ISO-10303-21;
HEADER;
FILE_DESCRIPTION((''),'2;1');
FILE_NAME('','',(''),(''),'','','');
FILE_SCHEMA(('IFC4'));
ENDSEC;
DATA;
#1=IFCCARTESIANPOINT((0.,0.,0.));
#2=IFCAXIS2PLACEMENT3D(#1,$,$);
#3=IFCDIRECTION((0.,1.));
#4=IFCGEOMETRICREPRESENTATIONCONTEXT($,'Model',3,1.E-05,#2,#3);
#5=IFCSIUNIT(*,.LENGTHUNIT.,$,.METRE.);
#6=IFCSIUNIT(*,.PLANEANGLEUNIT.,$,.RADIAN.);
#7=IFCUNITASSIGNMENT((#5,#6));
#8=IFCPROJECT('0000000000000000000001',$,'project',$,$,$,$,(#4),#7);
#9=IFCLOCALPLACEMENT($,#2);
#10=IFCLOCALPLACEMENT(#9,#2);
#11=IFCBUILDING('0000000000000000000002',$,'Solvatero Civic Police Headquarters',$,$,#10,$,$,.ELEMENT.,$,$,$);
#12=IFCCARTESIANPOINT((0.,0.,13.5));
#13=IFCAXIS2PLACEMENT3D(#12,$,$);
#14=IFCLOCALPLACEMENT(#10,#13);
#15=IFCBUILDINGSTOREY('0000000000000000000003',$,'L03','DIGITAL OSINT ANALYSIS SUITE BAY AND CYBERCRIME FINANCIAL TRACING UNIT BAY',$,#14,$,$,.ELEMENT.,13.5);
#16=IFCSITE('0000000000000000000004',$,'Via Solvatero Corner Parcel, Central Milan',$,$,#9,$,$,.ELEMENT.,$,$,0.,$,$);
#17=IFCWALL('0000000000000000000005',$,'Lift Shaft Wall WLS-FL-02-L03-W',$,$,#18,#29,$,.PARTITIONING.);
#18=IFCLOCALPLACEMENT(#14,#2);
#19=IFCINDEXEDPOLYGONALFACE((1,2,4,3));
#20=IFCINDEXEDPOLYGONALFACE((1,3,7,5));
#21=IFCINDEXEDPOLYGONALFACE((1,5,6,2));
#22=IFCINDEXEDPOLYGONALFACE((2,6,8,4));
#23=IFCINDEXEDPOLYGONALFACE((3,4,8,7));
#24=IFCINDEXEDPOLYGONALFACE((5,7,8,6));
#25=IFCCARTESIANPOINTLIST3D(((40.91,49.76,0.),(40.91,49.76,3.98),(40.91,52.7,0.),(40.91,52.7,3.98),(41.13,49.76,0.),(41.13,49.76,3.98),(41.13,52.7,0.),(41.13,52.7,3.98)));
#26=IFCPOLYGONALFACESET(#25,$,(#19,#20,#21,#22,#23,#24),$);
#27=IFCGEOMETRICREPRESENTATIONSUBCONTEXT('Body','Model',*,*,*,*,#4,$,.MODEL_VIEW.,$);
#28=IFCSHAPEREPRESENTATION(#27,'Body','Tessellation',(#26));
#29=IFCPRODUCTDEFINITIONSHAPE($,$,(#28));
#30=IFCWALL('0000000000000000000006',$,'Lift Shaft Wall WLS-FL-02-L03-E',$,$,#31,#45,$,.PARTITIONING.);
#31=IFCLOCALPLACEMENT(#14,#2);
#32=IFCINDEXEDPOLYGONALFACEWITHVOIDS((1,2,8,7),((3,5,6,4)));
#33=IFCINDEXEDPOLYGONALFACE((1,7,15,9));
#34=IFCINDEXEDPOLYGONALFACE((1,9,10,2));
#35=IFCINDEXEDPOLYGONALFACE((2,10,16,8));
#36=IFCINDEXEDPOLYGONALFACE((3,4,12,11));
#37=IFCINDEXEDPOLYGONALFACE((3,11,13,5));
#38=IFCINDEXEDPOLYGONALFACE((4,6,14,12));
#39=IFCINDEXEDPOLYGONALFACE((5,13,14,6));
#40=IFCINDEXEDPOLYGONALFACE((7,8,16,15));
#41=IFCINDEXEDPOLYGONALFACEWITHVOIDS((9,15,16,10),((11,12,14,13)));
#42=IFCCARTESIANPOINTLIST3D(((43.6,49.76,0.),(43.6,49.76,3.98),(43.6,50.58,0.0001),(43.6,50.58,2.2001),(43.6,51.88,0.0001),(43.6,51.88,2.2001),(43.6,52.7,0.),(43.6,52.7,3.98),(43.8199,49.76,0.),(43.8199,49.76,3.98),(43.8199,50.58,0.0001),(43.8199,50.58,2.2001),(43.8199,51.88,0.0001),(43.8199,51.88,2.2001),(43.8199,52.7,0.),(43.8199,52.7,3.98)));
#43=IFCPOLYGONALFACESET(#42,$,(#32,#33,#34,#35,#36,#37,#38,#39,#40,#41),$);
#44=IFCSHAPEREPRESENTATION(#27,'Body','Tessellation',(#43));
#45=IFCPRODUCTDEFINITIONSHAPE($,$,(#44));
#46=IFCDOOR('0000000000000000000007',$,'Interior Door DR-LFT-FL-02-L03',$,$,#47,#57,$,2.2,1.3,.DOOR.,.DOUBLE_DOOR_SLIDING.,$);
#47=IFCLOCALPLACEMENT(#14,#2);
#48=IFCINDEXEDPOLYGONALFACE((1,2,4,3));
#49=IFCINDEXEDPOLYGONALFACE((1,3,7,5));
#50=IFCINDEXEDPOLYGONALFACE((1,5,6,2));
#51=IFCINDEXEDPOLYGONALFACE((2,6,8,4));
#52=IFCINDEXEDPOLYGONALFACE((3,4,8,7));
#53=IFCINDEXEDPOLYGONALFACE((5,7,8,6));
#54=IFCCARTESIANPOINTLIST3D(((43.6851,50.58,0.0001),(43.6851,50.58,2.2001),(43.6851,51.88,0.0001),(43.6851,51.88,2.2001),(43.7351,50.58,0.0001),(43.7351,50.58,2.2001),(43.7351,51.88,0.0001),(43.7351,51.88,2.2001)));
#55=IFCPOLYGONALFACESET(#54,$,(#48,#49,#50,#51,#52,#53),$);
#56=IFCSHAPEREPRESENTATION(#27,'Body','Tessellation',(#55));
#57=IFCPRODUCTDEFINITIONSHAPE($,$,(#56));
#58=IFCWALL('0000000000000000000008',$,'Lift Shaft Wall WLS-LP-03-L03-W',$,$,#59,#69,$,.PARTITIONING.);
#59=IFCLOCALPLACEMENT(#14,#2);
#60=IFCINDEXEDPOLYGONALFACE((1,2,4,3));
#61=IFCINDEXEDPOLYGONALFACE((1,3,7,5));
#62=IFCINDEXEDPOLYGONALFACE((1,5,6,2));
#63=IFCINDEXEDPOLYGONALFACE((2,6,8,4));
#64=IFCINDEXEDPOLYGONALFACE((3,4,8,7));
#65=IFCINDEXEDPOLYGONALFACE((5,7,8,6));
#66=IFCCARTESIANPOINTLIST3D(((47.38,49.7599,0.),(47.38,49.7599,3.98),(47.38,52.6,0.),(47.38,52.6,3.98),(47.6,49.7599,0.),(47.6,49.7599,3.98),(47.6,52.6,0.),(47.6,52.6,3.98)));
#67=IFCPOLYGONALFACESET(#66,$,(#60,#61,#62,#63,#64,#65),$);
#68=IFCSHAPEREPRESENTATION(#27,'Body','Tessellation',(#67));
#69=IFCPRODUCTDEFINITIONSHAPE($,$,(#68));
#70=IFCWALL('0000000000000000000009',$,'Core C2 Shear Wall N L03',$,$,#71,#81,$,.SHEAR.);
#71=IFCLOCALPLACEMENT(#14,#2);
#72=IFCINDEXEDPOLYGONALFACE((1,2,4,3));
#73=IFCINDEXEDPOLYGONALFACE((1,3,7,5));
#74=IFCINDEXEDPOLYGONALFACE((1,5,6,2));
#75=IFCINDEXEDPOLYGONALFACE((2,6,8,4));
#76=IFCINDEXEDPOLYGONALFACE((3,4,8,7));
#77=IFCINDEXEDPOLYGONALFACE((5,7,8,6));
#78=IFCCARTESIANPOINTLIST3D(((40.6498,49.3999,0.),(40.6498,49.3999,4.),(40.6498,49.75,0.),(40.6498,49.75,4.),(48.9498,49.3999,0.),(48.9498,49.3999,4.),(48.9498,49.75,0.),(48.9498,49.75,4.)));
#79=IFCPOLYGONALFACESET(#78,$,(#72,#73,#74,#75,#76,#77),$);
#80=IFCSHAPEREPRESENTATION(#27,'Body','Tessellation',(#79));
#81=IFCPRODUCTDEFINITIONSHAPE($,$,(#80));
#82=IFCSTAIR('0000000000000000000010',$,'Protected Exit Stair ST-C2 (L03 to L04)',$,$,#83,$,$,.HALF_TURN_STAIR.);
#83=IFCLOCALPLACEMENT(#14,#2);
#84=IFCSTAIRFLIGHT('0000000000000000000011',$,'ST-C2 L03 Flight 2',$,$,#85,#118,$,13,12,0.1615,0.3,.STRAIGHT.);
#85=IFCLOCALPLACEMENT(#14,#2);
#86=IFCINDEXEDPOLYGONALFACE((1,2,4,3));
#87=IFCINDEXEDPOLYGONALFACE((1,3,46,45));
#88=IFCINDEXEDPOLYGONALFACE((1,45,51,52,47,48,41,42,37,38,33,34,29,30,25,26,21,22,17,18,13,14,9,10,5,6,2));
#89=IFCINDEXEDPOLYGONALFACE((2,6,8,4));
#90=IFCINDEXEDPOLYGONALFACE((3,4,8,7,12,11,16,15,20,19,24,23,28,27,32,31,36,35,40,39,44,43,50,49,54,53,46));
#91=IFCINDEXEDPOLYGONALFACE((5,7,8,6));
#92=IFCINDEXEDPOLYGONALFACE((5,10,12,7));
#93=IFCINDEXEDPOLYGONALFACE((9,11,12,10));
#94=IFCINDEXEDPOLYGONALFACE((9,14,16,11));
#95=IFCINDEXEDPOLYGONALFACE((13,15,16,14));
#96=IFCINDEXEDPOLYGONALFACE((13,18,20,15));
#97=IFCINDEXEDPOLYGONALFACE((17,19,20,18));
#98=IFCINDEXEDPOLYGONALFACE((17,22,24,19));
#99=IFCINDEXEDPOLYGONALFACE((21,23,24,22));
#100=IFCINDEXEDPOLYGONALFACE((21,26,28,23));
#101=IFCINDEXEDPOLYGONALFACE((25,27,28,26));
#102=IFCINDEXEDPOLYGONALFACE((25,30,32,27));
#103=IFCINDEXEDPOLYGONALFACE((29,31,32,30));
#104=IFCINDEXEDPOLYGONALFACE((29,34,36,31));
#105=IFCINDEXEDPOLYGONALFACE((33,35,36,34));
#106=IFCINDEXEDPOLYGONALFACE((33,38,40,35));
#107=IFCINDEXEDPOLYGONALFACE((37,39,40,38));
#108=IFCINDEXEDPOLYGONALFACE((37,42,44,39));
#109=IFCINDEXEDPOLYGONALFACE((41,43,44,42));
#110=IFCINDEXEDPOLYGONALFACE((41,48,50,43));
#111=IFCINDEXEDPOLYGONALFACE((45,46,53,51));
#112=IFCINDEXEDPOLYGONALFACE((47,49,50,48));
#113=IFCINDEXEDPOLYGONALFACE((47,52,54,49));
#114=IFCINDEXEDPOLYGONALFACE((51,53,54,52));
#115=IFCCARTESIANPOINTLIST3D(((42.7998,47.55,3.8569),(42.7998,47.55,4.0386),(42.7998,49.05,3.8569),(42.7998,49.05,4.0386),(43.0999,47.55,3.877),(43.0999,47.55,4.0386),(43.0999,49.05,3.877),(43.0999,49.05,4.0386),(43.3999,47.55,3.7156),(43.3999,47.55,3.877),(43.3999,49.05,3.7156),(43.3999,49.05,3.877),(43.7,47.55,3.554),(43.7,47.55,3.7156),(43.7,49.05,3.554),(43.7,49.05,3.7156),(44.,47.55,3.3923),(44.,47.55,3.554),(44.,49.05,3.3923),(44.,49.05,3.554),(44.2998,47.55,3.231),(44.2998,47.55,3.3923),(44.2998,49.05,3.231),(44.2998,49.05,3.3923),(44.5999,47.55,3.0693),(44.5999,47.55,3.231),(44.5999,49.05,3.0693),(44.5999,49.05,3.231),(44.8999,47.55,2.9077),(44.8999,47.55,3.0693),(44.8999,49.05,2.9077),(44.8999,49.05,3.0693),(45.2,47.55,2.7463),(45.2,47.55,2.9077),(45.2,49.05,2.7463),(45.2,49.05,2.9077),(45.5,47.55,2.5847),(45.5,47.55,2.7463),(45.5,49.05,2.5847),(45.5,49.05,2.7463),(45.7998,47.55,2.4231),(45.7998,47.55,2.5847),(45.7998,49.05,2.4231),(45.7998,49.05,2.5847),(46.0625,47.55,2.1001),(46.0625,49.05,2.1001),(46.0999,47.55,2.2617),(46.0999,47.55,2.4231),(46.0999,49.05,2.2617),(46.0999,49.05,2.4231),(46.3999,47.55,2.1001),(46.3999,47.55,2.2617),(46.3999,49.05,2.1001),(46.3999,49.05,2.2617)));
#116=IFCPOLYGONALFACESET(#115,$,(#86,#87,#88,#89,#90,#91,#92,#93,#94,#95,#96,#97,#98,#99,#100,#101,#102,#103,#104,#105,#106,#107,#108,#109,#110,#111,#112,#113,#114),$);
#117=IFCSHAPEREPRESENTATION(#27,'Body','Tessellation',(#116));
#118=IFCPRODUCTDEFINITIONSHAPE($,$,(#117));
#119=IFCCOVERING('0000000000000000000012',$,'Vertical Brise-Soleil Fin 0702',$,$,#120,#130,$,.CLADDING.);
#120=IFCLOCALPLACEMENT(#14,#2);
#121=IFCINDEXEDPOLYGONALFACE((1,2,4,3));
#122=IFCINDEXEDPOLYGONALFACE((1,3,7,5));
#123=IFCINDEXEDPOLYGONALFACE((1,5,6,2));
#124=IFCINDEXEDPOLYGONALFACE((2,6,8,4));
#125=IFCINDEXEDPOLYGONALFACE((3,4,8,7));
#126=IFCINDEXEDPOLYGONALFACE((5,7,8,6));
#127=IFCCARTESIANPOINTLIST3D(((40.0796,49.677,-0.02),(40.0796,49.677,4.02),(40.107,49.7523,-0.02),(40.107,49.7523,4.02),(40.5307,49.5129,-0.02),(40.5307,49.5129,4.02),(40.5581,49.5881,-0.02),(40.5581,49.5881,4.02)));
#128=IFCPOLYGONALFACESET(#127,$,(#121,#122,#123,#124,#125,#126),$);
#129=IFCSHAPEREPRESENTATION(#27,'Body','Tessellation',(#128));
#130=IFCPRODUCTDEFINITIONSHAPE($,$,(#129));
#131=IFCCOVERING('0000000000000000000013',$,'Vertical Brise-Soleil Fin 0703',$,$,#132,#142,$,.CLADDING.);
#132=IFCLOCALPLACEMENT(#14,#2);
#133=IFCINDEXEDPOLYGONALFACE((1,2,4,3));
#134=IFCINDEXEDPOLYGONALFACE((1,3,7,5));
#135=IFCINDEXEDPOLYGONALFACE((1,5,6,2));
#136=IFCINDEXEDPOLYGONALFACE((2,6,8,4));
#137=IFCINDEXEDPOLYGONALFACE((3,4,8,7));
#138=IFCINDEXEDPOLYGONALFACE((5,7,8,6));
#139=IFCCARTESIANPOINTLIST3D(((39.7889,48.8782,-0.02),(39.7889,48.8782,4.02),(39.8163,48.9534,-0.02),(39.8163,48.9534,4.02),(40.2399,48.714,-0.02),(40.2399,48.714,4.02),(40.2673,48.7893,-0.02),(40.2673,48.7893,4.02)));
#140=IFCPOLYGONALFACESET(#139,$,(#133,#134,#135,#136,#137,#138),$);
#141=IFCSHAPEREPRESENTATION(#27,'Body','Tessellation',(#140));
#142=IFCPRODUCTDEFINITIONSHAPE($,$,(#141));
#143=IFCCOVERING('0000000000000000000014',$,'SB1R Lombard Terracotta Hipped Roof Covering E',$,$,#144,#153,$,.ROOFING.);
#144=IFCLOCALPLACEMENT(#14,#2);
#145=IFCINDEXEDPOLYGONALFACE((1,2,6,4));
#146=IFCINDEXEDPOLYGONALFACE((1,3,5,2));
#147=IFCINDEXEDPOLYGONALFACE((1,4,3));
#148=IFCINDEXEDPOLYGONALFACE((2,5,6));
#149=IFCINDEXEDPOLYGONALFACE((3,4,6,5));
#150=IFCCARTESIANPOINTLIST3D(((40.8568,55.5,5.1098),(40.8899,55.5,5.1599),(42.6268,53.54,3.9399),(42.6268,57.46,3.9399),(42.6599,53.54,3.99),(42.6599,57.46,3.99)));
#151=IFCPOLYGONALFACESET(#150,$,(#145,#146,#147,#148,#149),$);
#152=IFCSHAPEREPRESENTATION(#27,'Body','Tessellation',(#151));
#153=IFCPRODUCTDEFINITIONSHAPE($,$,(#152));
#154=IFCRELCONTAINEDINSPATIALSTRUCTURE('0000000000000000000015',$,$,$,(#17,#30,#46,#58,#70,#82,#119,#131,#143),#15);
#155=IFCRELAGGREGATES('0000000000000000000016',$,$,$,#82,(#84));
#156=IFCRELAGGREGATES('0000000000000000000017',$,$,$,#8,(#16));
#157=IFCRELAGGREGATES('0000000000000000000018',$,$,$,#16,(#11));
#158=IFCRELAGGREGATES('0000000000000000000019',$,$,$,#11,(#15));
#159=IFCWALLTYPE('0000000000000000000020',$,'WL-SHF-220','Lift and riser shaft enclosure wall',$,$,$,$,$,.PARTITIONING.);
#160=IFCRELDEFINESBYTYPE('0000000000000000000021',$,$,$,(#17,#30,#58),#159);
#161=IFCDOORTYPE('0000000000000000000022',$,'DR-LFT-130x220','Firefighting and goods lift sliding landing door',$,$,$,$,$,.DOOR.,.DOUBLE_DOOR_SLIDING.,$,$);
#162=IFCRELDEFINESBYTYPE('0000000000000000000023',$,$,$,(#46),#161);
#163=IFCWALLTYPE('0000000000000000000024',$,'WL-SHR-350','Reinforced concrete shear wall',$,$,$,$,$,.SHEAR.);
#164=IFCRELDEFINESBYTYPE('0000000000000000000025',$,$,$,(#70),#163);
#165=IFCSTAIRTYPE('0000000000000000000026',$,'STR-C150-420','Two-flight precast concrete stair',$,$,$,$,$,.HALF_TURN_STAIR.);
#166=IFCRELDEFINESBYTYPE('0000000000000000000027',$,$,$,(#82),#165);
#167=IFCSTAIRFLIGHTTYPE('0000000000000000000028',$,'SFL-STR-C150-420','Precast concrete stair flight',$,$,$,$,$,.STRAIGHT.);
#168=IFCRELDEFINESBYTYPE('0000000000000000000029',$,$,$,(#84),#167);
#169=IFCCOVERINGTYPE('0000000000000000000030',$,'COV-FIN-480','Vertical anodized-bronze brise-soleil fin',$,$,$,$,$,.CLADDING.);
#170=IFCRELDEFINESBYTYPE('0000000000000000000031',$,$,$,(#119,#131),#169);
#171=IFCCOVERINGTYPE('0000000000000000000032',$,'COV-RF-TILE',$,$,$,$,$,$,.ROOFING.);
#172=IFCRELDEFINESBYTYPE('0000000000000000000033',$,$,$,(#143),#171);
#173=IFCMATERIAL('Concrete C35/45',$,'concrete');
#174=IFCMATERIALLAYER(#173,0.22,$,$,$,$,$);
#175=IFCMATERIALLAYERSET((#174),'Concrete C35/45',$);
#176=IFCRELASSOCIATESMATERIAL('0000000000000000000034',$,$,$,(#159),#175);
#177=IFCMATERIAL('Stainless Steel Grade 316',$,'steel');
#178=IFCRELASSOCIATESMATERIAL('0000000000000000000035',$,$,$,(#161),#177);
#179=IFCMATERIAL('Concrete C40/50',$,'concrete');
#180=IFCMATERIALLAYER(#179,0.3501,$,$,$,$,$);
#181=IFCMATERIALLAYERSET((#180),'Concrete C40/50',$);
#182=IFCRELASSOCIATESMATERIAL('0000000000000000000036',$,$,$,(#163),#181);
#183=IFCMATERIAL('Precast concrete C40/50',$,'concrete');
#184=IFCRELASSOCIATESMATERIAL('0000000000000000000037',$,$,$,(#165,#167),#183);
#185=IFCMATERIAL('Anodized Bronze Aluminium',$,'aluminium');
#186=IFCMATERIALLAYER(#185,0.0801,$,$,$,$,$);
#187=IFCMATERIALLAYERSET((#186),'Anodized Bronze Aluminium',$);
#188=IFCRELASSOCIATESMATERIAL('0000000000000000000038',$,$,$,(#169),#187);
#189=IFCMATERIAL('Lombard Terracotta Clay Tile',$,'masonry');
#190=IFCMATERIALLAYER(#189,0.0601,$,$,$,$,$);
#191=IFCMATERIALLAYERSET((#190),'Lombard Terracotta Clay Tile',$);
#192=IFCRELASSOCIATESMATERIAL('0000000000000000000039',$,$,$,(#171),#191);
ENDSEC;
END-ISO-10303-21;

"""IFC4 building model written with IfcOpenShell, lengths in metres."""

from ifc_helpers import new_model, si_unit, direction, frame, frame_2d, origin, origin_2d, place, context, subcontext, project, spatial, polyline, rectangle, outline, extrude, material, layer, layer_set, type_object, element, fill, aggregate, save


model = new_model("IFC4")

# Units and contexts
model_context = context("Model", 3, precision=1e-05, world=origin(), true_north=direction((0.0, 1.0)))
body_context = subcontext(model_context, "Body", "Model", "MODEL_VIEW")
ifc_project = project(units=[si_unit("LENGTHUNIT", "METRE"), si_unit("PLANEANGLEUNIT", "RADIAN")], contexts=[model_context])

# Site, building, storey
site_placement = place(None, origin())
site = spatial("IfcSite", under=ifc_project, at=site_placement, Name="Via Solvatero Corner Parcel, Central Milan", CompositionType="ELEMENT", RefElevation=0.0)
building_placement = place(site_placement, origin())
building = spatial("IfcBuilding", under=site, at=building_placement, Name="Solvatero Civic Police Headquarters", CompositionType="ELEMENT")
storey_placement = place(building_placement, frame((0.0, 0.0, 13.5)))
storey = spatial("IfcBuildingStorey", under=building, at=storey_placement, Name="L03", Description="DIGITAL OSINT ANALYSIS SUITE BAY AND CYBERCRIME FINANCIAL TRACING UNIT BAY", CompositionType="ELEMENT", Elevation=13.5)

# Shared definitions
ifc_material_1 = material(Name="Anodized Bronze Aluminium", Category="aluminium")

# Wall
ifc_material_2 = material(Name="Concrete C35/45", Category="concrete")
ifc_layer_1 = layer(ifc_material_2, 0.22)
ifc_layer_set_1 = layer_set([ifc_layer_1], Name="Concrete C35/45")
wall_type_1 = type_object("IfcWallType", Name="WL-SHF-220", Description="Lift and riser shaft enclosure wall", PredefinedType="PARTITIONING", material=ifc_layer_set_1)
wall_1_placement = place(storey_placement, frame((41.02, 49.76, 0.0), z_axis=(0.0, 0.0, 1.0), x_axis=(0.0, 1.0, 0.0)))
element("IfcWall", 1, at=wall_1_placement, inside=storey, type_object=wall_type_1, Name="Lift Shaft Wall WLS-FL-02-L03-W", PredefinedType="PARTITIONING", context=body_context, shape_type="SweptSolid", body=[
    extrude(rectangle(XDim=2.9399, YDim=0.22, at=frame_2d((1.47, 0.0))), origin(), (0.0, 0.0, 1.0), 3.98),
])

# Wall, opening, door
wall_2_placement = place(storey_placement, frame((43.71, 49.76, 0.0), z_axis=(0.0, 0.0, 1.0), x_axis=(0.0, 1.0, 0.0)))
wall_2 = element("IfcWall", 2, at=wall_2_placement, inside=storey, type_object=wall_type_1, Name="Lift Shaft Wall WLS-FL-02-L03-E", PredefinedType="PARTITIONING", context=body_context, shape_type="SweptSolid", body=[
    extrude(rectangle(XDim=2.9399, YDim=0.22, at=frame_2d((1.47, 0.0))), origin(), (0.0, 0.0, 1.0), 3.98),
])
opening_1_placement = place(wall_2_placement, frame((0.8201, 0.0, 0.0)))
opening_1 = element("IfcOpeningElement", 3, at=opening_1_placement, cuts=wall_2, PredefinedType="OPENING", context=body_context, shape_type="SweptSolid", body=[
    extrude(rectangle(XDim=1.3, YDim=2.2, at=frame_2d((0.6499, 1.1001))), frame((0.0, 0.1199, 0.0), z_axis=(0.0, -1.0, 0.0), x_axis=(1.0, 0.0, 0.0)), (0.0, 0.0, 1.0), 0.24),
])
ifc_material_3 = material(Name="Stainless Steel Grade 316", Category="steel")
door_type_1 = type_object("IfcDoorType", Name="DR-LFT-130x220", Description="Firefighting and goods lift sliding landing door", OperationType="DOUBLE_DOOR_SLIDING", PredefinedType="DOOR", material=ifc_material_3)
door_1_placement = place(opening_1_placement, origin())
door_1 = element("IfcDoor", 4, at=door_1_placement, inside=storey, type_object=door_type_1, Name="Interior Door DR-LFT-FL-02-L03", OperationType="DOUBLE_DOOR_SLIDING", OverallHeight=2.2, OverallWidth=1.3, PredefinedType="DOOR", context=body_context, shape_type="SweptSolid", body=[
    extrude(rectangle(XDim=1.3, YDim=2.2, at=frame_2d((0.6499, 1.1001))), frame((0.0, 0.0249, 0.0), z_axis=(0.0, -1.0, 0.0), x_axis=(1.0, 0.0, 0.0)), (0.0, 0.0, 1.0), 0.05),
])
fill(opening_1, door_1)

# Walls
wall_3_placement = place(storey_placement, frame((47.49, 49.76, 0.0), z_axis=(0.0, 0.0, 1.0), x_axis=(0.0, 1.0, 0.0)))
element("IfcWall", 5, at=wall_3_placement, inside=storey, type_object=wall_type_1, Name="Lift Shaft Wall WLS-LP-03-L03-W", PredefinedType="PARTITIONING", context=body_context, shape_type="SweptSolid", body=[
    extrude(rectangle(XDim=2.8401, YDim=0.22, at=frame_2d((1.4199, 0.0))), origin(), (0.0, 0.0, 1.0), 3.98),
])
ifc_material_4 = material(Name="Concrete C40/50", Category="concrete")
ifc_layer_2 = layer(ifc_material_4, 0.3501)
ifc_layer_set_2 = layer_set([ifc_layer_2], Name="Concrete C40/50")
wall_type_2 = type_object("IfcWallType", Name="WL-SHR-350", Description="Reinforced concrete shear wall", PredefinedType="SHEAR", material=ifc_layer_set_2)
wall_4_placement = place(storey_placement, frame((40.6499, 49.575, 0.0), z_axis=(0.0, 0.0, 1.0), x_axis=(1.0, 0.0, 0.0)))
element("IfcWall", 6, at=wall_4_placement, inside=storey, type_object=wall_type_2, Name="Core C2 Shear Wall N L03", PredefinedType="SHEAR", context=body_context, shape_type="SweptSolid", body=[
    extrude(rectangle(XDim=8.3, YDim=0.3501, at=frame_2d((4.1499, 0.0))), origin(), (0.0, 0.0, 1.0), 4.0),
])

# Stair, stair flight
ifc_material_5 = material(Name="Precast concrete C40/50", Category="concrete")
stair_type = type_object("IfcStairType", Name="STR-C150-420", Description="Two-flight precast concrete stair", PredefinedType="HALF_TURN_STAIR", material=ifc_material_5)
stair_placement = place(storey_placement, origin())
stair = element("IfcStair", 7, at=stair_placement, inside=storey, type_object=stair_type, Name="Protected Exit Stair ST-C2 (L03 to L04)", PredefinedType="HALF_TURN_STAIR")
stair_flight_type = type_object("IfcStairFlightType", Name="SFL-STR-C150-420", Description="Precast concrete stair flight", PredefinedType="STRAIGHT", material=ifc_material_5)
stair_flight_placement = place(storey_placement, frame((46.3999, 48.3, 2.1001), z_axis=(0.0, 0.0, 1.0), x_axis=(-1.0, 0.0, 0.0)))
stair_flight = element("IfcStairFlight", 8, at=stair_flight_placement, type_object=stair_flight_type, Name="ST-C2 L03 Flight 2", NumberOfRisers=13, NumberOfTreads=12, PredefinedType="STRAIGHT", RiserHeight=0.1615, TreadLength=0.3, context=body_context, shape_type="SweptSolid", body=[
    extrude(outline(polyline([(0.0, 0.0), (0.0, 0.1616), (0.3, 0.1616), (0.3, 0.323), (0.6001, 0.323), (0.6001, 0.4846), (0.8999, 0.4846), (0.8999, 0.6462), (1.2, 0.6462), (1.2, 0.8076), (1.5, 0.8076), (1.5, 0.9692), (1.8, 0.9692), (1.8, 1.1309), (2.1001, 1.1309), (2.1001, 1.2922), (2.3999, 1.2922), (2.3999, 1.4539), (2.7, 1.4539), (2.7, 1.6155), (3.0, 1.6155), (3.0, 1.7769), (3.3, 1.7769), (3.3, 1.9385), (3.6001, 1.9385), (3.6001, 2.1001), (3.6001, 1.7568), (0.3374, 0.0), (0.0, 0.0)])), frame((0.0, 0.75, 0.0), z_axis=(0.0, -1.0, 0.0), x_axis=(1.0, 0.0, 0.0)), (0.0, 0.0, 1.0), 1.5),
])
aggregate(stair, [stair_flight])

# Coverings
ifc_layer_3 = layer(ifc_material_1, 0.0801)
ifc_layer_set_3 = layer_set([ifc_layer_3], Name="Anodized Bronze Aluminium")
covering_type_1 = type_object("IfcCoveringType", Name="COV-FIN-480", Description="Vertical anodized-bronze brise-soleil fin", PredefinedType="CLADDING", material=ifc_layer_set_3)
for number, where, z_axis, x_axis, name in (
    (9, (40.3188, 49.6326, -0.02), (0.0, 0.0, 1.0), (-0.34202, -0.939693, 0.0), "Vertical Brise-Soleil Fin 0702"),
    (10, (40.0281, 48.8337, -0.02), (0.0, 0.0, 1.0), (-0.34202, -0.939693, 0.0), "Vertical Brise-Soleil Fin 0703"),
):
    element("IfcCovering", number, at=place(storey_placement, frame(where, z_axis=z_axis, x_axis=x_axis)), inside=storey, type_object=covering_type_1, Name=name, PredefinedType="CLADDING", context=body_context, shape_type="SweptSolid", body=[
        extrude(rectangle(XDim=0.0801, YDim=0.48, at=origin_2d()), origin(), (0.0, 0.0, 1.0), 4.04),
    ])
ifc_material_6 = material(Name="Lombard Terracotta Clay Tile", Category="masonry")
ifc_layer_4 = layer(ifc_material_6, 0.0601)
ifc_layer_set_4 = layer_set([ifc_layer_4], Name="Lombard Terracotta Clay Tile")
covering_type_2 = type_object("IfcCoveringType", Name="COV-RF-TILE", PredefinedType="ROOFING", material=ifc_layer_set_4)
covering_placement = place(storey_placement, frame((42.6599, 53.54, 3.99), z_axis=(0.551403, 0.0, 0.834239), x_axis=(0.0, 1.0, 0.0)))
element("IfcCovering", 11, at=covering_placement, inside=storey, type_object=covering_type_2, Name="SB1R Lombard Terracotta Hipped Roof Covering E", PredefinedType="ROOFING", context=body_context, shape_type="SweptSolid", body=[
    extrude(outline(polyline([(0.0, 0.0), (3.9199, 0.0), (1.96, 2.1217), (0.0, 0.0)])), origin(), (0.0, 0.0, -1.0), 0.0601),
])

save(model, "model.ifc")
